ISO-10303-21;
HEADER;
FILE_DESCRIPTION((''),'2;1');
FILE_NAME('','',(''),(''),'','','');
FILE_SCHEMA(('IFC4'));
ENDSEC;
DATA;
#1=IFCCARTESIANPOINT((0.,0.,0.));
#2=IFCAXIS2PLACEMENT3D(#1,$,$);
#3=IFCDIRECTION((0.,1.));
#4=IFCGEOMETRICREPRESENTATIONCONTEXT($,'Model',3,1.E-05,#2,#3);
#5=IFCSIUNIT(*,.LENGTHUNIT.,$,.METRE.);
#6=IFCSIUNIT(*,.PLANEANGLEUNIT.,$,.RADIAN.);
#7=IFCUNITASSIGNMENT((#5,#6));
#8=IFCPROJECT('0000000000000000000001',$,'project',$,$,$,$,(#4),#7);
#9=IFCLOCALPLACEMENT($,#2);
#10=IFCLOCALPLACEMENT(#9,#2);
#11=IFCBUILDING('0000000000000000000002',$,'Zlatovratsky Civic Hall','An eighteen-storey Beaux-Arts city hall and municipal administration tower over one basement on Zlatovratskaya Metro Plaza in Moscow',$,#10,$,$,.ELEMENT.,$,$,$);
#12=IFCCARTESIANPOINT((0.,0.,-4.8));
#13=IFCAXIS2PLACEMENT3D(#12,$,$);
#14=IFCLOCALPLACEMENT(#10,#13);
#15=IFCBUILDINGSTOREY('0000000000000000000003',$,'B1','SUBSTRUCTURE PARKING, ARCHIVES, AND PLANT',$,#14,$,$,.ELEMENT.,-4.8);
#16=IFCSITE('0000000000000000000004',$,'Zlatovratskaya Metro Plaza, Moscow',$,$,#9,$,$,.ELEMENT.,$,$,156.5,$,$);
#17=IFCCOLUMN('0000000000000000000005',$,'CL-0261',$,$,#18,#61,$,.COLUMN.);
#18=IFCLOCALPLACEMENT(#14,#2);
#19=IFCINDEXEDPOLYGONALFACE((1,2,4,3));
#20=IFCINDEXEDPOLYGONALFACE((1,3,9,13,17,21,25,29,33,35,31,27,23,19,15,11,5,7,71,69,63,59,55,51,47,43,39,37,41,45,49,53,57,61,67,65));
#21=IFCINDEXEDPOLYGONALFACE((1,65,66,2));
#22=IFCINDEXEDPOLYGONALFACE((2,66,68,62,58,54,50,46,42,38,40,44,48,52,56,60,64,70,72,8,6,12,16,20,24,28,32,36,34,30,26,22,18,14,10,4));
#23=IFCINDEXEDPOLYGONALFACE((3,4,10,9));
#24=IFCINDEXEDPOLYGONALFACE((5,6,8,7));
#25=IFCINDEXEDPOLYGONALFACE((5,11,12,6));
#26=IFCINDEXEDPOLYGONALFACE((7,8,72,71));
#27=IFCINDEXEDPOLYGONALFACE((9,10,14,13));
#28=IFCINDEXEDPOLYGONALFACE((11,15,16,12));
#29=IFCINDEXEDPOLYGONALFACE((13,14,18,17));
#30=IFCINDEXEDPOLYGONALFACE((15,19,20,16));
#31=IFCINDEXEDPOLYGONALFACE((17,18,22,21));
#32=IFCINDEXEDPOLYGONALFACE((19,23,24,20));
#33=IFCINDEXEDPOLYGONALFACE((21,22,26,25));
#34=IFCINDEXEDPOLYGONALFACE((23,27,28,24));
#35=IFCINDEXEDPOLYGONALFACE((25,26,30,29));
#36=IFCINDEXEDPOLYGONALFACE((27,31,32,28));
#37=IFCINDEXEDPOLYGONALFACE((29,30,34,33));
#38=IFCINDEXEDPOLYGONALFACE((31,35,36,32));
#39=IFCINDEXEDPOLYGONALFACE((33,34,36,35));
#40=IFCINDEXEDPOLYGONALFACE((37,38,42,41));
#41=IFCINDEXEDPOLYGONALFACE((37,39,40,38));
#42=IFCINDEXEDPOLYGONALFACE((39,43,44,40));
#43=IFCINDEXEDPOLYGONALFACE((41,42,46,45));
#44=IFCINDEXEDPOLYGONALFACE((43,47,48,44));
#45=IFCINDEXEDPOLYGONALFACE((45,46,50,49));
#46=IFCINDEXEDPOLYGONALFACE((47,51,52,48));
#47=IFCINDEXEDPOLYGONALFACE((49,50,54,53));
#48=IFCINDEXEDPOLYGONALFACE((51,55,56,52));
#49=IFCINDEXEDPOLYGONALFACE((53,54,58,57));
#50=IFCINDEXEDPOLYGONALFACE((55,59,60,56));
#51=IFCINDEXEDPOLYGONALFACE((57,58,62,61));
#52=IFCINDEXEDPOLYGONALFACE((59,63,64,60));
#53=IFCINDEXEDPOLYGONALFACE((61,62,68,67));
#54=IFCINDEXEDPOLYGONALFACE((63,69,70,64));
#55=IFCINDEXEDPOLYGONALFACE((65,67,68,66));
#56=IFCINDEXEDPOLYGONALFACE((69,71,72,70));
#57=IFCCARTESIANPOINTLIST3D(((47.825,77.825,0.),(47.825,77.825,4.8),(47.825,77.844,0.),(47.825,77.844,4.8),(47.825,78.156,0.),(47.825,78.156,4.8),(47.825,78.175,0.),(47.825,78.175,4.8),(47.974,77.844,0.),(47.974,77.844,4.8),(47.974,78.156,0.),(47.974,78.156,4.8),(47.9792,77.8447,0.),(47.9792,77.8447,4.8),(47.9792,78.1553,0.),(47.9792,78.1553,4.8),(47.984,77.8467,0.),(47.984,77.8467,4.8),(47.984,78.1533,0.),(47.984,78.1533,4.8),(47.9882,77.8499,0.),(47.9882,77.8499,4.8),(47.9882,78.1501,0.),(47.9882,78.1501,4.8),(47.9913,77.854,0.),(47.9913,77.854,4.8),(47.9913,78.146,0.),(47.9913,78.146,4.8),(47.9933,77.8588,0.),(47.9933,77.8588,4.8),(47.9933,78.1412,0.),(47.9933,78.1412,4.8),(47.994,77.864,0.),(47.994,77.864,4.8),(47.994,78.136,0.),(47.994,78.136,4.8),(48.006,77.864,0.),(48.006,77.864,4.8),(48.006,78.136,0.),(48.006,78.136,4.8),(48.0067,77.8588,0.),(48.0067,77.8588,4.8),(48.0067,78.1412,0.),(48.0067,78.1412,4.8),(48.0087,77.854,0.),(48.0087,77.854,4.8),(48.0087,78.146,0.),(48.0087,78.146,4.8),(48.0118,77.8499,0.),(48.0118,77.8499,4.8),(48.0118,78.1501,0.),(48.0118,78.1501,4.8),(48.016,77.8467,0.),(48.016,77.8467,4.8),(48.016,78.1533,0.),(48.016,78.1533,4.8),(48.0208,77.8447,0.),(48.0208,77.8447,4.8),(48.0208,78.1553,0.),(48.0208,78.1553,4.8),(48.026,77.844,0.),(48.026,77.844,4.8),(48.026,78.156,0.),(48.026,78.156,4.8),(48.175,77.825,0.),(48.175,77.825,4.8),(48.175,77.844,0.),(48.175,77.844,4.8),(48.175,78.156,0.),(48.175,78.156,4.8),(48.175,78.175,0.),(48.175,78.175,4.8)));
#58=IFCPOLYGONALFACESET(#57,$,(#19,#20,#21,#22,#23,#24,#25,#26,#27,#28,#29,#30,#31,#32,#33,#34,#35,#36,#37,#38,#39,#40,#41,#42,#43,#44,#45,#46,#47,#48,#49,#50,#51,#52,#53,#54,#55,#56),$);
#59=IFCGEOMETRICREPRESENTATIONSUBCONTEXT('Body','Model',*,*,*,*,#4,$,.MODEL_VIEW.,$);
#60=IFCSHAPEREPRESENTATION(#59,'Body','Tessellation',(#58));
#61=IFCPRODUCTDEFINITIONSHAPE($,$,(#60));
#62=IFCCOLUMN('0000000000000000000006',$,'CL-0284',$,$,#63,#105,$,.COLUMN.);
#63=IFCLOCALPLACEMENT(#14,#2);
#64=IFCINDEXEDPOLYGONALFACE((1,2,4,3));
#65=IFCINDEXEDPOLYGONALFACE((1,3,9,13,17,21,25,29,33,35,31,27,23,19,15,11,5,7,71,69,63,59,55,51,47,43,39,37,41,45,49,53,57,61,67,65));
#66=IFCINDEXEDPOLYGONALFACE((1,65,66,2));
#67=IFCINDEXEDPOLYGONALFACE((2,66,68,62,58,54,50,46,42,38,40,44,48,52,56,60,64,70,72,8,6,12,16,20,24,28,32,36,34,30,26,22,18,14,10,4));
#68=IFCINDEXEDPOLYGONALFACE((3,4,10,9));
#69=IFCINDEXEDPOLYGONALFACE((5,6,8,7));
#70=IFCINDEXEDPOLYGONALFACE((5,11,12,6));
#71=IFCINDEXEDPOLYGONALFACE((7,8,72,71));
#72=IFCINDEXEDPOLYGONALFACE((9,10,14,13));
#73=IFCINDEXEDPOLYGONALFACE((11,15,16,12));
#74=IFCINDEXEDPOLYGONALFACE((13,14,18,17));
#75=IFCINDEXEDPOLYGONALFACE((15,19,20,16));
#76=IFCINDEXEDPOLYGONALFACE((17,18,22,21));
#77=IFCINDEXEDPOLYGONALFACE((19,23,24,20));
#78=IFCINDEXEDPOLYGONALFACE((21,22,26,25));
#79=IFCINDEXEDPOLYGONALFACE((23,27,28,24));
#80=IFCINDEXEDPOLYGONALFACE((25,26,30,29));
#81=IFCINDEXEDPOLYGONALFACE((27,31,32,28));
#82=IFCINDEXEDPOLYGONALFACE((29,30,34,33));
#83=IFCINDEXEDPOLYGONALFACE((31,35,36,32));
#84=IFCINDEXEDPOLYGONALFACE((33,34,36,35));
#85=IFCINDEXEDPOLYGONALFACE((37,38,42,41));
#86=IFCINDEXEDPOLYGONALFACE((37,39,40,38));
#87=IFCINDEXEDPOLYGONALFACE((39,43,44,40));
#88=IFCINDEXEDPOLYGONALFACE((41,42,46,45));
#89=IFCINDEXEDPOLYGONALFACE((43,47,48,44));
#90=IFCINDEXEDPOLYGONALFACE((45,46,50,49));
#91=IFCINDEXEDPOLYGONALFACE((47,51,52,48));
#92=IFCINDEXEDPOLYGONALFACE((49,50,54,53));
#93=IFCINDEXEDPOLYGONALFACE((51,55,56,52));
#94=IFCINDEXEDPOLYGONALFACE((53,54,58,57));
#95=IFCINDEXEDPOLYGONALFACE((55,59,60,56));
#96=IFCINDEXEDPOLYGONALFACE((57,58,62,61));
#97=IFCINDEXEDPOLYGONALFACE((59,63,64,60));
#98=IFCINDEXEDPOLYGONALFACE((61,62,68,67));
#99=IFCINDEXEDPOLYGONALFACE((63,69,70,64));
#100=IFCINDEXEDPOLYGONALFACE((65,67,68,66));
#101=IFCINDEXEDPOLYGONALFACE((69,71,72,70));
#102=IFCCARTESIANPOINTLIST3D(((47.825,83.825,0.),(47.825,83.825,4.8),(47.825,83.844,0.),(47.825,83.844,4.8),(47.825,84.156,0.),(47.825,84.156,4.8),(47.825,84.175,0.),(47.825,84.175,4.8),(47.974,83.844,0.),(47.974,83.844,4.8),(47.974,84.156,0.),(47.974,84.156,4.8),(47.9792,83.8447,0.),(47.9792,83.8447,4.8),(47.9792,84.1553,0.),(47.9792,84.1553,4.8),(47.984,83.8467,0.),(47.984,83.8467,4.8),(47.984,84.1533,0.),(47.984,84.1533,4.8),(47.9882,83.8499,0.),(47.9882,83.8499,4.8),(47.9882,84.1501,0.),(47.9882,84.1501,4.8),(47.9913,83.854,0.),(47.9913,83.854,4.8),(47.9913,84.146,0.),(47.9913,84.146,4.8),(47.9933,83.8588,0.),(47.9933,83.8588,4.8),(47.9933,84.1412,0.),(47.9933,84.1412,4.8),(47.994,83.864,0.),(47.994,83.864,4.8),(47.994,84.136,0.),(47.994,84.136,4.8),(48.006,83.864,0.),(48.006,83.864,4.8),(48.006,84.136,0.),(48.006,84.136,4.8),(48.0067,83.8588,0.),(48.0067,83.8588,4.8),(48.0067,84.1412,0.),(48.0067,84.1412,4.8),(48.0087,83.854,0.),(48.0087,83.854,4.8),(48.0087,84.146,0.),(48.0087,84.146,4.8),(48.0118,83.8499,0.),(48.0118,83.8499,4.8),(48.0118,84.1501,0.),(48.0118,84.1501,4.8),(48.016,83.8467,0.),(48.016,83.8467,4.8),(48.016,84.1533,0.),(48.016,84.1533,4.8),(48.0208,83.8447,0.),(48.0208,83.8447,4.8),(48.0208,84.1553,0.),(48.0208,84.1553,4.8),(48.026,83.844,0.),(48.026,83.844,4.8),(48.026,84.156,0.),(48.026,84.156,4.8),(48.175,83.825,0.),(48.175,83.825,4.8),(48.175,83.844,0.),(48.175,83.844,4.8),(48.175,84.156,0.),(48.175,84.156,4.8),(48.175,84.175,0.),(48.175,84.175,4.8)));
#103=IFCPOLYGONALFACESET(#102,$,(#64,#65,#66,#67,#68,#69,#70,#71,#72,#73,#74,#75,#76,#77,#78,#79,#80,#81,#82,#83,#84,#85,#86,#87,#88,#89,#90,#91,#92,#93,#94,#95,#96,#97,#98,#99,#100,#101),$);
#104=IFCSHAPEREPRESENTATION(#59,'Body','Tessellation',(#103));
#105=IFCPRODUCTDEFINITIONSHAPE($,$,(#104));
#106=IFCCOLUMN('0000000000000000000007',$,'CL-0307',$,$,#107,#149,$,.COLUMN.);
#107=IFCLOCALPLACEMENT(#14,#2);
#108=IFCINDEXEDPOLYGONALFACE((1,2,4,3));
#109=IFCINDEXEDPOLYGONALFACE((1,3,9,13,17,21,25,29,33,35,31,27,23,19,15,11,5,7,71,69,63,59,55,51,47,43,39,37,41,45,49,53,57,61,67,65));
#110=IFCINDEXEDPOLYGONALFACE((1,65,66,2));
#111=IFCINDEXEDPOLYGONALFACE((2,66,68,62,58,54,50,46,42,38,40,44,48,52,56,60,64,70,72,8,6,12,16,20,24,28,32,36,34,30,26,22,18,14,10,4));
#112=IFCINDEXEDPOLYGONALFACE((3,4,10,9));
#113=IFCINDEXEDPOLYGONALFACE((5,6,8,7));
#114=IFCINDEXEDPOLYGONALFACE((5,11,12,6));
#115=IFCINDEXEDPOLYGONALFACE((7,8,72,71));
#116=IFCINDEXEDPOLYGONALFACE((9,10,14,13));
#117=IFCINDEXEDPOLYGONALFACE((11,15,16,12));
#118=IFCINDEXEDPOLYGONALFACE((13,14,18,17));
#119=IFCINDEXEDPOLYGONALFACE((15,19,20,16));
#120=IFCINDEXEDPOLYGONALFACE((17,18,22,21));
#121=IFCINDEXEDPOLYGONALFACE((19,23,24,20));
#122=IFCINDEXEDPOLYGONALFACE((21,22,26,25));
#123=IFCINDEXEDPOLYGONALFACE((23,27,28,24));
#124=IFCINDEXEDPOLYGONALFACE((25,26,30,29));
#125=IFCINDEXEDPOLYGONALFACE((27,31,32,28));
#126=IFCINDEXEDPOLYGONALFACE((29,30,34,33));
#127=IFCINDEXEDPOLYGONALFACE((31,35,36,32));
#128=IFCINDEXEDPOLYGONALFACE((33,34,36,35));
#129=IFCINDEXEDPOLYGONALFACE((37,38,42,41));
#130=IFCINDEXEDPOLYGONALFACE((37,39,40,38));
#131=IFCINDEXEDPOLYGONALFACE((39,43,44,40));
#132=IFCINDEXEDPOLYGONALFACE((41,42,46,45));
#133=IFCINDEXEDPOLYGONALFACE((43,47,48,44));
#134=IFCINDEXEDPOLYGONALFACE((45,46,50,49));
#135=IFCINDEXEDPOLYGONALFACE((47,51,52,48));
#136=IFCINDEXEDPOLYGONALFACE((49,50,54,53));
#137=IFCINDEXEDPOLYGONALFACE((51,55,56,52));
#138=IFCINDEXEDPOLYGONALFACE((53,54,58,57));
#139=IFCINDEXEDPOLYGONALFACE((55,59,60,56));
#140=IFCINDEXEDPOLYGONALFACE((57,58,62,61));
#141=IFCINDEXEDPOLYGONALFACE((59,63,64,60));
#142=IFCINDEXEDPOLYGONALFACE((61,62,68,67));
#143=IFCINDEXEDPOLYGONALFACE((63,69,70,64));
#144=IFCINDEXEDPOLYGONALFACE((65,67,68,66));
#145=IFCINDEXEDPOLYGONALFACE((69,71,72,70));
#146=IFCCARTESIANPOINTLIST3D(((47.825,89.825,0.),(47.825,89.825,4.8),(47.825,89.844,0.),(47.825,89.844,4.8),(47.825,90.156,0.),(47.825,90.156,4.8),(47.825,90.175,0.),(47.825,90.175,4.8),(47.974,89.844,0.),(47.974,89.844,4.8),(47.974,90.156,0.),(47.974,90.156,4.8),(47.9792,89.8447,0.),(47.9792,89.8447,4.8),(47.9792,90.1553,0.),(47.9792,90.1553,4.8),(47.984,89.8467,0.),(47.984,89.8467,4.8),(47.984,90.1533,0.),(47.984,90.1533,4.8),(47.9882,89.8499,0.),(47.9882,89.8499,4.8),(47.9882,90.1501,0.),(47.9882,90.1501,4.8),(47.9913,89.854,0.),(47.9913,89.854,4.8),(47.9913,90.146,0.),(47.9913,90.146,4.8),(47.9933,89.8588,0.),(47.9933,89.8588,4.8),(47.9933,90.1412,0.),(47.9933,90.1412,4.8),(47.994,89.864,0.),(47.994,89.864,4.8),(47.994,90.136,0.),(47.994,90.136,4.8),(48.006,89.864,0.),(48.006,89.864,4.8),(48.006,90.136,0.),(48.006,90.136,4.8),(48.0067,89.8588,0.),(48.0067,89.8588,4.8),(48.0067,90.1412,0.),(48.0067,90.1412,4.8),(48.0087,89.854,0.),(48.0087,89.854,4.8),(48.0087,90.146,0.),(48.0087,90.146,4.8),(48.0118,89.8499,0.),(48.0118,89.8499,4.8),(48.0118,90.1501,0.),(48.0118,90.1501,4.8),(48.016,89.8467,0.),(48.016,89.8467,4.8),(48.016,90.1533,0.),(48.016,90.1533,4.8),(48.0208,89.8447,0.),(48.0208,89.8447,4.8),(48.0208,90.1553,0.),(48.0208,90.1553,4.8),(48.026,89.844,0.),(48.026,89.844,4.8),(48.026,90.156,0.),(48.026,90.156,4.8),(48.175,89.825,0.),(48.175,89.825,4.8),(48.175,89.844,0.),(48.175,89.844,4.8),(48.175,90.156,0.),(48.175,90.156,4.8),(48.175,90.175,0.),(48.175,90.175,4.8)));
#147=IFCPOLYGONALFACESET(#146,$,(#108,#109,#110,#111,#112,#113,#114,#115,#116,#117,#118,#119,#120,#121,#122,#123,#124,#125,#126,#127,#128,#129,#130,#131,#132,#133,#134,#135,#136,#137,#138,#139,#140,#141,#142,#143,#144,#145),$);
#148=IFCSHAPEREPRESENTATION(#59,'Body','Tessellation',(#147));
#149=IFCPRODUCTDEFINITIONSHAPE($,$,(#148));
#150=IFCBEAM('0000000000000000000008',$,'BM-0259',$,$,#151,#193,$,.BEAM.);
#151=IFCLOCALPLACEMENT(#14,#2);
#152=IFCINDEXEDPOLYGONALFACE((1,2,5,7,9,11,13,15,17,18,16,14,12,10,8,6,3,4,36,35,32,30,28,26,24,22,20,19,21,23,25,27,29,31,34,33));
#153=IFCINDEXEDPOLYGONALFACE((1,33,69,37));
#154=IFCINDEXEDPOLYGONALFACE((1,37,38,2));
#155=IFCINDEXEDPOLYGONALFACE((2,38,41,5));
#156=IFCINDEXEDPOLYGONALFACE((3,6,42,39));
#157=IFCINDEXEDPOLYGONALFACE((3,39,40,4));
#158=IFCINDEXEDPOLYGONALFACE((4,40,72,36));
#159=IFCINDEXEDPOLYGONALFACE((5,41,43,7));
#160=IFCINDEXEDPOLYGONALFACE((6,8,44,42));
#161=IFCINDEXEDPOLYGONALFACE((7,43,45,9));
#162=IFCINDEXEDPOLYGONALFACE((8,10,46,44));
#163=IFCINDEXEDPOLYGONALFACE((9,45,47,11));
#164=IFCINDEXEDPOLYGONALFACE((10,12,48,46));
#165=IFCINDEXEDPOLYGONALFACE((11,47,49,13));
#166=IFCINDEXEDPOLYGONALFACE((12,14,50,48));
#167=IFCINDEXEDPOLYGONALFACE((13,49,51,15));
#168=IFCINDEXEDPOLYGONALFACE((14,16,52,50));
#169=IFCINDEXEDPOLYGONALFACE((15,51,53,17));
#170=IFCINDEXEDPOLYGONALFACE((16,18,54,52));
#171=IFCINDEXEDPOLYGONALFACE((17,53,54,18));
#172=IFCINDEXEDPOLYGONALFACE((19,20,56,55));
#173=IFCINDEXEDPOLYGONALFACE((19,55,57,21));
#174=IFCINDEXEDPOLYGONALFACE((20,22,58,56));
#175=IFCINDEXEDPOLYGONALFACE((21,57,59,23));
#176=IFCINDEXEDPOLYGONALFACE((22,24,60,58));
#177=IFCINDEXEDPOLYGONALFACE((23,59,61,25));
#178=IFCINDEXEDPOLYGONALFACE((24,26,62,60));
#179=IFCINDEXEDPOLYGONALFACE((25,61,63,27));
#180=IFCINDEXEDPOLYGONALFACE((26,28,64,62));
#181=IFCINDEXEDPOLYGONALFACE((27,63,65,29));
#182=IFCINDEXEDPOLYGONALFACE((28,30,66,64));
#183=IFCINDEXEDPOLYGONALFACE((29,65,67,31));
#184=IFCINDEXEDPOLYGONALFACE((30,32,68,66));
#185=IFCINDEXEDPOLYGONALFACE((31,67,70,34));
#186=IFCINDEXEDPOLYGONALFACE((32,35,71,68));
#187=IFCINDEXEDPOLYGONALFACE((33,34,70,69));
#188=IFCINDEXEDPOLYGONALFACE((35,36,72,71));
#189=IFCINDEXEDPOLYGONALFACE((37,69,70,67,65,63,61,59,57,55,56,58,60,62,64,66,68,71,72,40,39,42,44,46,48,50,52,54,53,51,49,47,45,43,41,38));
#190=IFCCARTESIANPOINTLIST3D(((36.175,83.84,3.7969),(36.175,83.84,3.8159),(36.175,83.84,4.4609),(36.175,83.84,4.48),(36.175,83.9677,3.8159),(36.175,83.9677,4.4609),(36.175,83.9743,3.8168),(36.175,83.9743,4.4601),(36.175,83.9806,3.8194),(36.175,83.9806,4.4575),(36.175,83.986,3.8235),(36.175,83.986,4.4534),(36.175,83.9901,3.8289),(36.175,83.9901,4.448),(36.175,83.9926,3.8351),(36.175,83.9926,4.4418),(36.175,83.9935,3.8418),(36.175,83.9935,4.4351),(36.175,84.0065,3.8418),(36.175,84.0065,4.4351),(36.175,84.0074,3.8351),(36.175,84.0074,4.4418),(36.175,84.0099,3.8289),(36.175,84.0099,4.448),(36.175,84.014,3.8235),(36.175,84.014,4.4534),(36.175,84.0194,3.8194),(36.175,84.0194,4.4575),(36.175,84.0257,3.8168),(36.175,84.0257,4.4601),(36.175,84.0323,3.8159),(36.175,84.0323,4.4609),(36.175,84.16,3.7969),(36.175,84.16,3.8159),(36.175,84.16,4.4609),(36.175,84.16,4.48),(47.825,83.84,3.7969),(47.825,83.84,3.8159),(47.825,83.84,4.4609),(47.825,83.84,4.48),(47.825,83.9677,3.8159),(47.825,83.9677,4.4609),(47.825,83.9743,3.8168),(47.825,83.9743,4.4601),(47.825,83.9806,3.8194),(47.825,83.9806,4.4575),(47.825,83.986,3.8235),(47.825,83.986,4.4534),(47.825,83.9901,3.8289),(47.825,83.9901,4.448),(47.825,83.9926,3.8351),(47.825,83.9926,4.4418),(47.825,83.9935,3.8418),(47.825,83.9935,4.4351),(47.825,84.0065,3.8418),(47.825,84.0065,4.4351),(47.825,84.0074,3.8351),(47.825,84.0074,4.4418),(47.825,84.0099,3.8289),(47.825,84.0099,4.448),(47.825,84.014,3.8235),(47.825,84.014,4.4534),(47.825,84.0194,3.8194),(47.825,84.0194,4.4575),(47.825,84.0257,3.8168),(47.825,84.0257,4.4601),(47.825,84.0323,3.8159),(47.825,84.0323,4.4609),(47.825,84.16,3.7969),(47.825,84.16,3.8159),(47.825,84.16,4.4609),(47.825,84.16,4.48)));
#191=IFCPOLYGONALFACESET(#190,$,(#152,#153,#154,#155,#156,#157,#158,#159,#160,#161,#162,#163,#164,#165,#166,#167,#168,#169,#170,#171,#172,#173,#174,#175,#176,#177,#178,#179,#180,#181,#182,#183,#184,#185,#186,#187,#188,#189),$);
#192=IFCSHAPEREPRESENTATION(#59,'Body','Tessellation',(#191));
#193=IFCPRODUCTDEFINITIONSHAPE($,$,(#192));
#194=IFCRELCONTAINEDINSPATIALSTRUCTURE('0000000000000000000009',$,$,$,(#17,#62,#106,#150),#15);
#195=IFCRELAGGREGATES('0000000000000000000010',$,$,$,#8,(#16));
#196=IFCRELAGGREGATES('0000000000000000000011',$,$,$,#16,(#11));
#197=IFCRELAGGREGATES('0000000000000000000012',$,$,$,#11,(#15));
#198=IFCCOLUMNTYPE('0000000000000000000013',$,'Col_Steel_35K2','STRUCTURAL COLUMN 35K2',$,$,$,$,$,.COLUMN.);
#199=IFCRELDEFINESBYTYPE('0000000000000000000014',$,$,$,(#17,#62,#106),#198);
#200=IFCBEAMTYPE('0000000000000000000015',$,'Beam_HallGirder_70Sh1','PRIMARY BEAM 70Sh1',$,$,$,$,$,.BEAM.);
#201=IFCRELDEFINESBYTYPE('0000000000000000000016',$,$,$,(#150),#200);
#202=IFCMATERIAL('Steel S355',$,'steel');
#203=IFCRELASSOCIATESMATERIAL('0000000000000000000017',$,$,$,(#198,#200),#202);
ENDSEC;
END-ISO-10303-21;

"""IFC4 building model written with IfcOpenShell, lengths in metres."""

from ifc_helpers import new_model, si_unit, direction, frame, origin, origin_2d, place, context, subcontext, project, spatial, i_section, extrude, material, material_profile, profile_set, type_object, element, save


model = new_model("IFC4")

# Units and contexts
model_context = context("Model", 3, precision=1e-05, world=origin(), true_north=direction((0.0, 1.0)))
body_context = subcontext(model_context, "Body", "Model", "MODEL_VIEW")
ifc_project = project(units=[si_unit("LENGTHUNIT", "METRE"), si_unit("PLANEANGLEUNIT", "RADIAN")], contexts=[model_context])

# Site, building, storey
site_placement = place(None, origin())
site = spatial("IfcSite", under=ifc_project, at=site_placement, Name="Zlatovratskaya Metro Plaza, Moscow", CompositionType="ELEMENT", RefElevation=156.5)
building_placement = place(site_placement, origin())
building = spatial("IfcBuilding", under=site, at=building_placement, Name="Zlatovratsky Civic Hall", Description="An eighteen-storey Beaux-Arts city hall and municipal administration tower over one basement on Zlatovratskaya Metro Plaza in Moscow", CompositionType="ELEMENT")
storey_placement = place(building_placement, frame((0.0, 0.0, -4.8)))
storey = spatial("IfcBuildingStorey", under=building, at=storey_placement, Name="B1", Description="SUBSTRUCTURE PARKING, ARCHIVES, AND PLANT", CompositionType="ELEMENT", Elevation=-4.8)

# Columns
ifc_material_1 = material(Name="Steel S355", Category="steel")
ifc_material_profile_1 = material_profile(ifc_material_1, i_section(OverallWidth=0.3501, OverallDepth=0.3501, WebThickness=0.012, FlangeThickness=0.019, FilletRadius=0.02, at=origin_2d()), Name="35K2")
ifc_profile_set_1 = profile_set([ifc_material_profile_1], Name="Steel S355")
column_type = type_object("IfcColumnType", Name="Col_Steel_35K2", Description="STRUCTURAL COLUMN 35K2", PredefinedType="COLUMN", material=ifc_profile_set_1)
for number, where, z_axis, x_axis, name in (
    (1, (48.0, 78.0, 0.0), (0.0, 0.0, 1.0), (1.0, 0.0, 0.0), "CL-0261"),
    (2, (48.0, 84.0, 0.0), (0.0, 0.0, 1.0), (1.0, 0.0, 0.0), "CL-0284"),
    (3, (48.0, 90.0, 0.0), (0.0, 0.0, 1.0), (1.0, 0.0, 0.0), "CL-0307"),
):
    element("IfcColumn", number, at=place(storey_placement, frame(where, z_axis=z_axis, x_axis=x_axis)), inside=storey, type_object=column_type, Name=name, PredefinedType="COLUMN", context=body_context, shape_type="SweptSolid", body=[
        extrude(i_section(OverallWidth=0.3501, OverallDepth=0.3501, WebThickness=0.012, FlangeThickness=0.019, FilletRadius=0.02, at=origin_2d()), origin(), (0.0, 0.0, 1.0), 4.8),
    ])

# Beam
ifc_material_profile_2 = material_profile(ifc_material_1, i_section(OverallWidth=0.3201, OverallDepth=0.6831, WebThickness=0.0129, FlangeThickness=0.019, FilletRadius=0.0259, at=origin_2d()), Name="70Sh1")
ifc_profile_set_2 = profile_set([ifc_material_profile_2], Name="Steel S355")
beam_type_1 = type_object("IfcBeamType", Name="Beam_HallGirder_70Sh1", Description="PRIMARY BEAM 70Sh1", PredefinedType="BEAM", material=ifc_profile_set_2)
for number, where, z_axis, x_axis, name in (
    (4, (36.175, 84.0, 4.1384), (1.0, 0.0, 0.0), (0.0, 1.0, 0.0), "BM-0259"),
):
    element("IfcBeam", number, at=place(storey_placement, frame(where, z_axis=z_axis, x_axis=x_axis)), inside=storey, type_object=beam_type_1, Name=name, PredefinedType="BEAM", context=body_context, shape_type="SweptSolid", body=[
        extrude(i_section(OverallWidth=0.3201, OverallDepth=0.6831, WebThickness=0.0129, FlangeThickness=0.019, FilletRadius=0.0259, at=origin_2d()), origin(), (0.0, 0.0, 1.0), 11.6499),
    ])

save(model, "model.ifc")
